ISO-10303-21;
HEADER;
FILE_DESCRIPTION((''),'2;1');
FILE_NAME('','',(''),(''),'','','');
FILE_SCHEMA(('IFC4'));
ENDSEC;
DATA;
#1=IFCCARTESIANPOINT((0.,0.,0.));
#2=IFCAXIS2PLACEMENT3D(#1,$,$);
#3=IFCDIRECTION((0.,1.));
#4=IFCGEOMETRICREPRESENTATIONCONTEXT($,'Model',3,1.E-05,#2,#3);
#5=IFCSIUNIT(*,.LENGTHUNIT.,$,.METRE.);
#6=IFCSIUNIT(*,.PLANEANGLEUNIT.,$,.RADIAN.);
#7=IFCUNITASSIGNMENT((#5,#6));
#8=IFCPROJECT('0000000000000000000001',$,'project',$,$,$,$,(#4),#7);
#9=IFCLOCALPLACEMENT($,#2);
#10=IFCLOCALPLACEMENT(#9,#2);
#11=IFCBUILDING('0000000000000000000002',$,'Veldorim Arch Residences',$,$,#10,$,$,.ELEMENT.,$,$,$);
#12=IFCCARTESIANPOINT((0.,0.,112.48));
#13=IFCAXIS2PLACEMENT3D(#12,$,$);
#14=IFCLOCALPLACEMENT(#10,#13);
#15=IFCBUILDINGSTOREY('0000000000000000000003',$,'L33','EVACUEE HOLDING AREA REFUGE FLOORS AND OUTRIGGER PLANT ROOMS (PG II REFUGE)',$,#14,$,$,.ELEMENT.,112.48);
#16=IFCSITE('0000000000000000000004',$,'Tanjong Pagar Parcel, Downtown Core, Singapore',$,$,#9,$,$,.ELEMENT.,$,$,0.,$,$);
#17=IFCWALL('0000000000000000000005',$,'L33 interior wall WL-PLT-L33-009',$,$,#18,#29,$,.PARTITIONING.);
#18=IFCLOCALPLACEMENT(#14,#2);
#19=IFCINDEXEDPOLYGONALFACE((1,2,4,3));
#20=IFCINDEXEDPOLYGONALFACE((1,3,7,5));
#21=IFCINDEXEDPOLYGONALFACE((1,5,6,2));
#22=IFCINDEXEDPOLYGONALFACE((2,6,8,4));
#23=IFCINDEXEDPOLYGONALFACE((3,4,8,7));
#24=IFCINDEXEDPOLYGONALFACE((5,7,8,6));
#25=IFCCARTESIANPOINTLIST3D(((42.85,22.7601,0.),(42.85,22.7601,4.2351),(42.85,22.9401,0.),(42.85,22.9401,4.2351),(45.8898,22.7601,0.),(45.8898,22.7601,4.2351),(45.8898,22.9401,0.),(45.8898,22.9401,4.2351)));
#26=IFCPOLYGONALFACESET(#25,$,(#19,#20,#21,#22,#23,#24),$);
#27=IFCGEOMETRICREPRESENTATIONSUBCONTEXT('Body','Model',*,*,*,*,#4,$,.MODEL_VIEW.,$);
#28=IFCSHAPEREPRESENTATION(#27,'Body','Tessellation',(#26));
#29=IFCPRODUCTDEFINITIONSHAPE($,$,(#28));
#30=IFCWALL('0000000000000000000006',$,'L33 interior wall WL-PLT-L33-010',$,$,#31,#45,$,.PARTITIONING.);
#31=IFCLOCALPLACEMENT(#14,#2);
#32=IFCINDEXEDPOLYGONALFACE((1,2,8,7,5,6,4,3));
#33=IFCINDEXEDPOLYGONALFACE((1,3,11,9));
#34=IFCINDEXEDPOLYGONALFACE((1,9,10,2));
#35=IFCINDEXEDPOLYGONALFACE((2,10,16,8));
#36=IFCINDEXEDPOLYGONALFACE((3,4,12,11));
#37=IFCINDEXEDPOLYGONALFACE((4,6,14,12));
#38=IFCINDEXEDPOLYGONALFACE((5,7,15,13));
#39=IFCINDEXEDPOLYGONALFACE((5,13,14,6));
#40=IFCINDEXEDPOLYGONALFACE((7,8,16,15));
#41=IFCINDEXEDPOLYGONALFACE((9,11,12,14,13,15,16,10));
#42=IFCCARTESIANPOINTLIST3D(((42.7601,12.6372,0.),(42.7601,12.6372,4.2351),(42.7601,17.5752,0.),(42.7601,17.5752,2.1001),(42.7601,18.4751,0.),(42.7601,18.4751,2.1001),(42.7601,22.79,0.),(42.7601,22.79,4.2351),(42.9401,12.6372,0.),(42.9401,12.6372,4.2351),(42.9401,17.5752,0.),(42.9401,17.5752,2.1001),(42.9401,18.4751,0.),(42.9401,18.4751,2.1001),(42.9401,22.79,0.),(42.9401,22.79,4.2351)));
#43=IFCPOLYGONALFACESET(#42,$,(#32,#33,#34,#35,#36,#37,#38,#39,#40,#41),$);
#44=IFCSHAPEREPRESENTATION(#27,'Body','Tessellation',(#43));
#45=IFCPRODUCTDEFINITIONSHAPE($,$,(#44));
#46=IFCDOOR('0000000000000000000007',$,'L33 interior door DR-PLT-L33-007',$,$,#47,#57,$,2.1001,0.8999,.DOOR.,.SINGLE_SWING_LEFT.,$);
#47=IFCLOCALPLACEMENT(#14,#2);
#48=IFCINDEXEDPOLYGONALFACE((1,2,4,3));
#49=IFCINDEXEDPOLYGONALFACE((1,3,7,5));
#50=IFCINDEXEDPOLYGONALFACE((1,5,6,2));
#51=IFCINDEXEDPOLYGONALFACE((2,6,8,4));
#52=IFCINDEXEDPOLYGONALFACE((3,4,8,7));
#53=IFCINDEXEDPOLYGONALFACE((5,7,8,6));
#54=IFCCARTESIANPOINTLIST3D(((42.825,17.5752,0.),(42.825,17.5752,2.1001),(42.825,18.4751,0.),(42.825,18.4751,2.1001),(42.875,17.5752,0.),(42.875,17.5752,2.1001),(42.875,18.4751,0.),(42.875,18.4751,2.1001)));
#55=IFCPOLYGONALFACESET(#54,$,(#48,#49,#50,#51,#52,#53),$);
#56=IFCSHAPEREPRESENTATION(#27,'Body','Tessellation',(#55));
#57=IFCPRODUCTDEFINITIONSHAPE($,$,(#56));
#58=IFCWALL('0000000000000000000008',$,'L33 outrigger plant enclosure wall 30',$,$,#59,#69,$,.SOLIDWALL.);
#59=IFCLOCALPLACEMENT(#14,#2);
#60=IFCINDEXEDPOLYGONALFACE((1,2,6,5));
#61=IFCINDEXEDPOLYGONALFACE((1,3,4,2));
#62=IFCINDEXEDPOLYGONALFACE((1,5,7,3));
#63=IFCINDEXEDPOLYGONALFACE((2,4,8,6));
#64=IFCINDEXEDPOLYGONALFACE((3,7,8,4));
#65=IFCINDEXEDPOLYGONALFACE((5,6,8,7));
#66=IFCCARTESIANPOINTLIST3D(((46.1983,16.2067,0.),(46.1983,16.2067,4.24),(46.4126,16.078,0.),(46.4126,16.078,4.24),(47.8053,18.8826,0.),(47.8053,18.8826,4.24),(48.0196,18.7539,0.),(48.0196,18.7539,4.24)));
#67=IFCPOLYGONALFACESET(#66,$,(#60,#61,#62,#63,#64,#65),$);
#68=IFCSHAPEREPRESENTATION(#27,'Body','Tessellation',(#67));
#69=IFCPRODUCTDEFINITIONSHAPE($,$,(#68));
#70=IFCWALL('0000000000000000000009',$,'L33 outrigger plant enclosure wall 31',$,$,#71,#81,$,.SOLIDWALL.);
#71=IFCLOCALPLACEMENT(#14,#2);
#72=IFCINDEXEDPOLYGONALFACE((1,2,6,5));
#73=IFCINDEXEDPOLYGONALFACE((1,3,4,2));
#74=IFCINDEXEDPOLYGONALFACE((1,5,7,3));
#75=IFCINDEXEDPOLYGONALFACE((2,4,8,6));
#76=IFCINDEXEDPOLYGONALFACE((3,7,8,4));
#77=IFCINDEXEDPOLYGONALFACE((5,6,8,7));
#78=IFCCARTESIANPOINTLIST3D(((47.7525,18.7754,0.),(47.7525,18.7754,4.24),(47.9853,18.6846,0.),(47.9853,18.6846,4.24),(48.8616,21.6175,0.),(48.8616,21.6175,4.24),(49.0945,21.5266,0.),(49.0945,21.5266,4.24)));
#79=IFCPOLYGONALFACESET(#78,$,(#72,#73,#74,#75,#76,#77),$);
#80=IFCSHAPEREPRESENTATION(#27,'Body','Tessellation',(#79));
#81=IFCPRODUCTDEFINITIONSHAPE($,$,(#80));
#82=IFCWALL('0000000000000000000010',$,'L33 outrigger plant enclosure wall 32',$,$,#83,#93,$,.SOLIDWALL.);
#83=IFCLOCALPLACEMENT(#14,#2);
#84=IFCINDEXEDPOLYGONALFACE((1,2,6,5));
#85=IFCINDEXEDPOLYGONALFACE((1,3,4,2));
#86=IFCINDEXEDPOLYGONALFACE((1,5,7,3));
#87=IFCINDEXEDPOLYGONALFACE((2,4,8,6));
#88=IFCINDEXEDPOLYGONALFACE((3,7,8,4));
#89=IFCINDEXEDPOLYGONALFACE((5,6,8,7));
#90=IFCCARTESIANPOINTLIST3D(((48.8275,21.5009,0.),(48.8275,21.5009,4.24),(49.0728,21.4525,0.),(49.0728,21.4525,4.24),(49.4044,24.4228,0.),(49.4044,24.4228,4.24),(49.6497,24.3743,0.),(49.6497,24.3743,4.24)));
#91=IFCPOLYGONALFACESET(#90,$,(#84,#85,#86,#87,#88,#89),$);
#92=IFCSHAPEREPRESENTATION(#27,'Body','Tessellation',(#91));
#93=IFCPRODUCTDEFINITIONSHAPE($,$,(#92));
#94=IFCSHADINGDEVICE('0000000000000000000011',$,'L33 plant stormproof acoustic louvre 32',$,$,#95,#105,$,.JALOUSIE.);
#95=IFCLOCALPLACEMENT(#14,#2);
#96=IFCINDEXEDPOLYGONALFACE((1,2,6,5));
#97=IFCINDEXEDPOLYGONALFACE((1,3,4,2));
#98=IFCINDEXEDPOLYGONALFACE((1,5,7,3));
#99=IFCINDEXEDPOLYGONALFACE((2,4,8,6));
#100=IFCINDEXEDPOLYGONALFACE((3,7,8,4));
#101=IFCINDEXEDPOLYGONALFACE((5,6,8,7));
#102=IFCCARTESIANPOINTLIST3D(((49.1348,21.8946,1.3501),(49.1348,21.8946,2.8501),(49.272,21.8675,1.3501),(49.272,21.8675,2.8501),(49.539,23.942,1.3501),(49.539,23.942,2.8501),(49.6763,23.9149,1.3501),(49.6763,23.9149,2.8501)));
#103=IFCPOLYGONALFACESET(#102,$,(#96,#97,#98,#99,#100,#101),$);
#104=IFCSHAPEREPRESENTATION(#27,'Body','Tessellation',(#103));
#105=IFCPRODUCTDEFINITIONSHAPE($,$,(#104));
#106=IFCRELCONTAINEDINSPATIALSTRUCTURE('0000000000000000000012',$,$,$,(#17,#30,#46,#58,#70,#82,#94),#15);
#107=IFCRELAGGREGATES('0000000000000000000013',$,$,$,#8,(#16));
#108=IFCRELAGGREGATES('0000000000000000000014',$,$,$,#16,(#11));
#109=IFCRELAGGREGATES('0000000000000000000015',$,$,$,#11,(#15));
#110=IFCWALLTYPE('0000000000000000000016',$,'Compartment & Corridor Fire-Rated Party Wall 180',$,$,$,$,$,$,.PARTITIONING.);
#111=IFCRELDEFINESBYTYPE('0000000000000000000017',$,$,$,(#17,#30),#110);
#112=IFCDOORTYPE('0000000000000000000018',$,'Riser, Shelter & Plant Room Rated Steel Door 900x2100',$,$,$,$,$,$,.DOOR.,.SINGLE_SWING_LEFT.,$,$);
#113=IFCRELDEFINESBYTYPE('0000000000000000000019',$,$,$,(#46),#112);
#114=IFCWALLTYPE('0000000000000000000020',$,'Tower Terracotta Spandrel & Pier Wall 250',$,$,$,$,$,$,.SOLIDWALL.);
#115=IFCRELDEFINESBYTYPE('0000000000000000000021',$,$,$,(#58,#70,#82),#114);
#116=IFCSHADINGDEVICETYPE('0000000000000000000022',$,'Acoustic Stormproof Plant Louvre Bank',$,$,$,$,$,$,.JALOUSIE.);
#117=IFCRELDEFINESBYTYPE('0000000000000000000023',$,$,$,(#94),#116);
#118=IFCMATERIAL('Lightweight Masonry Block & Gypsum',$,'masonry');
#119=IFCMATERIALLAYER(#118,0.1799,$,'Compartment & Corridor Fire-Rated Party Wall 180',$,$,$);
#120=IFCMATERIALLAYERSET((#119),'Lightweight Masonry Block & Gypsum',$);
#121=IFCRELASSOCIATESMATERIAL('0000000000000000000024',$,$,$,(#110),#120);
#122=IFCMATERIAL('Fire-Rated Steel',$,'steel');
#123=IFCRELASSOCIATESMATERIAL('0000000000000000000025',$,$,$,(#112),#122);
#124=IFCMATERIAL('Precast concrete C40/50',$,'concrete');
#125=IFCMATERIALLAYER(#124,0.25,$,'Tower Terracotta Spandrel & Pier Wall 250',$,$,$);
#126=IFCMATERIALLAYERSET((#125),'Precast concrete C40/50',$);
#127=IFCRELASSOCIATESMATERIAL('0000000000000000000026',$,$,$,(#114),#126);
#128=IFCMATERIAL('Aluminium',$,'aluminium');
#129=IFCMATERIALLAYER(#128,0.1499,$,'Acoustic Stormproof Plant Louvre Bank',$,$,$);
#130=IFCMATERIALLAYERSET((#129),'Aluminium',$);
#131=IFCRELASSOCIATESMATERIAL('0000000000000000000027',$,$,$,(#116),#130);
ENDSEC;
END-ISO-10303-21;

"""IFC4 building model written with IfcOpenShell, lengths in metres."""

from ifc_helpers import new_model, si_unit, direction, frame, frame_2d, origin, origin_2d, place, context, subcontext, project, spatial, rectangle, extrude, material, layer, layer_set, type_object, element, fill, save


model = new_model("IFC4")

# Units and contexts
model_context = context("Model", 3, precision=1e-05, world=origin(), true_north=direction((0.0, 1.0)))
body_context = subcontext(model_context, "Body", "Model", "MODEL_VIEW")
ifc_project = project(units=[si_unit("LENGTHUNIT", "METRE"), si_unit("PLANEANGLEUNIT", "RADIAN")], contexts=[model_context])

# Site, building, storey
site_placement = place(None, origin())
site = spatial("IfcSite", under=ifc_project, at=site_placement, Name="Tanjong Pagar Parcel, Downtown Core, Singapore", CompositionType="ELEMENT", RefElevation=0.0)
building_placement = place(site_placement, origin())
building = spatial("IfcBuilding", under=site, at=building_placement, Name="Veldorim Arch Residences", CompositionType="ELEMENT")
storey_placement = place(building_placement, frame((0.0, 0.0, 112.48)))
storey = spatial("IfcBuildingStorey", under=building, at=storey_placement, Name="L33", Description="EVACUEE HOLDING AREA REFUGE FLOORS AND OUTRIGGER PLANT ROOMS (PG II REFUGE)", CompositionType="ELEMENT", Elevation=112.48)

# Wall
ifc_material_1 = material(Name="Lightweight Masonry Block & Gypsum", Category="masonry")
ifc_layer_1 = layer(ifc_material_1, 0.1799, Name="Compartment & Corridor Fire-Rated Party Wall 180")
ifc_layer_set_1 = layer_set([ifc_layer_1], Name="Lightweight Masonry Block & Gypsum")
wall_type_1 = type_object("IfcWallType", Name="Compartment & Corridor Fire-Rated Party Wall 180", PredefinedType="PARTITIONING", material=ifc_layer_set_1)
wall_1_placement = place(storey_placement, frame((45.8899, 22.8501, 0.0), z_axis=(0.0, 0.0, 1.0), x_axis=(-1.0, 0.0, 0.0)))
element("IfcWall", 1, at=wall_1_placement, inside=storey, type_object=wall_type_1, Name="L33 interior wall WL-PLT-L33-009", PredefinedType="PARTITIONING", context=body_context, shape_type="SweptSolid", body=[
    extrude(rectangle(XDim=3.0398, YDim=0.1799, at=frame_2d((1.52, 0.0))), origin(), (0.0, 0.0, 1.0), 4.2351),
])

# Wall, opening, door
wall_2_placement = place(storey_placement, frame((42.8501, 22.79, 0.0), z_axis=(0.0, 0.0, 1.0), x_axis=(0.0, -1.0, 0.0)))
wall_2 = element("IfcWall", 2, at=wall_2_placement, inside=storey, type_object=wall_type_1, Name="L33 interior wall WL-PLT-L33-010", PredefinedType="PARTITIONING", context=body_context, shape_type="SweptSolid", body=[
    extrude(rectangle(XDim=10.1528, YDim=0.1799, at=frame_2d((5.0764, 0.0))), origin(), (0.0, 0.0, 1.0), 4.2351),
])
opening_placement = place(wall_2_placement, frame((4.3149, 0.0, 0.0)))
opening = element("IfcOpeningElement", 3, at=opening_placement, cuts=wall_2, PredefinedType="OPENING", context=body_context, shape_type="SweptSolid", body=[
    extrude(rectangle(XDim=0.8999, YDim=2.1001, at=frame_2d((0.45, 1.05))), frame((0.0, 0.0999, 0.0), z_axis=(0.0, -1.0, 0.0), x_axis=(1.0, 0.0, 0.0)), (0.0, 0.0, 1.0), 0.2),
])
ifc_material_2 = material(Name="Fire-Rated Steel", Category="steel")
door_type = type_object("IfcDoorType", Name="Riser, Shelter & Plant Room Rated Steel Door 900x2100", OperationType="SINGLE_SWING_LEFT", PredefinedType="DOOR", material=ifc_material_2)
door_placement = place(opening_placement, origin())
door = element("IfcDoor", 4, at=door_placement, inside=storey, type_object=door_type, Name="L33 interior door DR-PLT-L33-007", OperationType="SINGLE_SWING_LEFT", OverallHeight=2.1001, OverallWidth=0.8999, PredefinedType="DOOR", context=body_context, shape_type="SweptSolid", body=[
    extrude(rectangle(XDim=0.8999, YDim=2.1001, at=frame_2d((0.45, 1.05))), frame((0.0, 0.0249, 0.0), z_axis=(0.0, -1.0, 0.0), x_axis=(1.0, 0.0, 0.0)), (0.0, 0.0, 1.0), 0.05),
])
fill(opening, door)

# Walls
ifc_material_3 = material(Name="Precast concrete C40/50", Category="concrete")
ifc_layer_2 = layer(ifc_material_3, 0.25, Name="Tower Terracotta Spandrel & Pier Wall 250")
ifc_layer_set_2 = layer_set([ifc_layer_2], Name="Precast concrete C40/50")
wall_type_2 = type_object("IfcWallType", Name="Tower Terracotta Spandrel & Pier Wall 250", PredefinedType="SOLIDWALL", material=ifc_layer_set_2)
wall_3_placement = place(storey_placement, frame((47.9124, 18.8181, 0.0), z_axis=(0.0, 0.0, 1.0), x_axis=(-0.514841, -0.857286, 0.0)))
element("IfcWall", 5, at=wall_3_placement, inside=storey, type_object=wall_type_2, Name="L33 outrigger plant enclosure wall 30", PredefinedType="SOLIDWALL", context=body_context, shape_type="SweptSolid", body=[
    extrude(rectangle(XDim=3.1213, YDim=0.25, at=frame_2d((1.5605, 0.0))), origin(), (0.0, 0.0, 1.0), 4.24),
])
wall_4_placement = place(storey_placement, frame((48.978, 21.572, 0.0), z_axis=(0.0, 0.0, 1.0), x_axis=(-0.363554, -0.931573, 0.0)))
element("IfcWall", 6, at=wall_4_placement, inside=storey, type_object=wall_type_2, Name="L33 outrigger plant enclosure wall 31", PredefinedType="SOLIDWALL", context=body_context, shape_type="SweptSolid", body=[
    extrude(rectangle(XDim=3.0508, YDim=0.25, at=frame_2d((1.5254, 0.0))), origin(), (0.0, 0.0, 1.0), 4.24),
])
wall_5_placement = place(storey_placement, frame((49.5271, 24.3987, 0.0), z_axis=(0.0, 0.0, 1.0), x_axis=(-0.193704, -0.98106, 0.0)))
element("IfcWall", 7, at=wall_5_placement, inside=storey, type_object=wall_type_2, Name="L33 outrigger plant enclosure wall 32", PredefinedType="SOLIDWALL", context=body_context, shape_type="SweptSolid", body=[
    extrude(rectangle(XDim=2.9783, YDim=0.25, at=frame_2d((1.4893, 0.0))), origin(), (0.0, 0.0, 1.0), 4.24),
])

# Shading device
ifc_material_4 = material(Name="Aluminium", Category="aluminium")
ifc_layer_3 = layer(ifc_material_4, 0.1499, Name="Acoustic Stormproof Plant Louvre Bank")
ifc_layer_set_3 = layer_set([ifc_layer_3], Name="Aluminium")
shading_device_type = type_object("IfcShadingDeviceType", Name="Acoustic Stormproof Plant Louvre Bank", PredefinedType="JALOUSIE", material=ifc_layer_set_3)
shading_device_placement = place(storey_placement, frame((49.4055, 22.9048, 1.3501), z_axis=(0.0, 0.0, 1.0), x_axis=(-0.193721, -0.981057, 0.0)))
element("IfcShadingDevice", 8, at=shading_device_placement, inside=storey, type_object=shading_device_type, Name="L33 plant stormproof acoustic louvre 32", PredefinedType="JALOUSIE", context=body_context, shape_type="SweptSolid", body=[
    extrude(rectangle(XDim=2.0869, YDim=0.1399, at=origin_2d()), origin(), (0.0, 0.0, 1.0), 1.5),
])

save(model, "model.ifc")
